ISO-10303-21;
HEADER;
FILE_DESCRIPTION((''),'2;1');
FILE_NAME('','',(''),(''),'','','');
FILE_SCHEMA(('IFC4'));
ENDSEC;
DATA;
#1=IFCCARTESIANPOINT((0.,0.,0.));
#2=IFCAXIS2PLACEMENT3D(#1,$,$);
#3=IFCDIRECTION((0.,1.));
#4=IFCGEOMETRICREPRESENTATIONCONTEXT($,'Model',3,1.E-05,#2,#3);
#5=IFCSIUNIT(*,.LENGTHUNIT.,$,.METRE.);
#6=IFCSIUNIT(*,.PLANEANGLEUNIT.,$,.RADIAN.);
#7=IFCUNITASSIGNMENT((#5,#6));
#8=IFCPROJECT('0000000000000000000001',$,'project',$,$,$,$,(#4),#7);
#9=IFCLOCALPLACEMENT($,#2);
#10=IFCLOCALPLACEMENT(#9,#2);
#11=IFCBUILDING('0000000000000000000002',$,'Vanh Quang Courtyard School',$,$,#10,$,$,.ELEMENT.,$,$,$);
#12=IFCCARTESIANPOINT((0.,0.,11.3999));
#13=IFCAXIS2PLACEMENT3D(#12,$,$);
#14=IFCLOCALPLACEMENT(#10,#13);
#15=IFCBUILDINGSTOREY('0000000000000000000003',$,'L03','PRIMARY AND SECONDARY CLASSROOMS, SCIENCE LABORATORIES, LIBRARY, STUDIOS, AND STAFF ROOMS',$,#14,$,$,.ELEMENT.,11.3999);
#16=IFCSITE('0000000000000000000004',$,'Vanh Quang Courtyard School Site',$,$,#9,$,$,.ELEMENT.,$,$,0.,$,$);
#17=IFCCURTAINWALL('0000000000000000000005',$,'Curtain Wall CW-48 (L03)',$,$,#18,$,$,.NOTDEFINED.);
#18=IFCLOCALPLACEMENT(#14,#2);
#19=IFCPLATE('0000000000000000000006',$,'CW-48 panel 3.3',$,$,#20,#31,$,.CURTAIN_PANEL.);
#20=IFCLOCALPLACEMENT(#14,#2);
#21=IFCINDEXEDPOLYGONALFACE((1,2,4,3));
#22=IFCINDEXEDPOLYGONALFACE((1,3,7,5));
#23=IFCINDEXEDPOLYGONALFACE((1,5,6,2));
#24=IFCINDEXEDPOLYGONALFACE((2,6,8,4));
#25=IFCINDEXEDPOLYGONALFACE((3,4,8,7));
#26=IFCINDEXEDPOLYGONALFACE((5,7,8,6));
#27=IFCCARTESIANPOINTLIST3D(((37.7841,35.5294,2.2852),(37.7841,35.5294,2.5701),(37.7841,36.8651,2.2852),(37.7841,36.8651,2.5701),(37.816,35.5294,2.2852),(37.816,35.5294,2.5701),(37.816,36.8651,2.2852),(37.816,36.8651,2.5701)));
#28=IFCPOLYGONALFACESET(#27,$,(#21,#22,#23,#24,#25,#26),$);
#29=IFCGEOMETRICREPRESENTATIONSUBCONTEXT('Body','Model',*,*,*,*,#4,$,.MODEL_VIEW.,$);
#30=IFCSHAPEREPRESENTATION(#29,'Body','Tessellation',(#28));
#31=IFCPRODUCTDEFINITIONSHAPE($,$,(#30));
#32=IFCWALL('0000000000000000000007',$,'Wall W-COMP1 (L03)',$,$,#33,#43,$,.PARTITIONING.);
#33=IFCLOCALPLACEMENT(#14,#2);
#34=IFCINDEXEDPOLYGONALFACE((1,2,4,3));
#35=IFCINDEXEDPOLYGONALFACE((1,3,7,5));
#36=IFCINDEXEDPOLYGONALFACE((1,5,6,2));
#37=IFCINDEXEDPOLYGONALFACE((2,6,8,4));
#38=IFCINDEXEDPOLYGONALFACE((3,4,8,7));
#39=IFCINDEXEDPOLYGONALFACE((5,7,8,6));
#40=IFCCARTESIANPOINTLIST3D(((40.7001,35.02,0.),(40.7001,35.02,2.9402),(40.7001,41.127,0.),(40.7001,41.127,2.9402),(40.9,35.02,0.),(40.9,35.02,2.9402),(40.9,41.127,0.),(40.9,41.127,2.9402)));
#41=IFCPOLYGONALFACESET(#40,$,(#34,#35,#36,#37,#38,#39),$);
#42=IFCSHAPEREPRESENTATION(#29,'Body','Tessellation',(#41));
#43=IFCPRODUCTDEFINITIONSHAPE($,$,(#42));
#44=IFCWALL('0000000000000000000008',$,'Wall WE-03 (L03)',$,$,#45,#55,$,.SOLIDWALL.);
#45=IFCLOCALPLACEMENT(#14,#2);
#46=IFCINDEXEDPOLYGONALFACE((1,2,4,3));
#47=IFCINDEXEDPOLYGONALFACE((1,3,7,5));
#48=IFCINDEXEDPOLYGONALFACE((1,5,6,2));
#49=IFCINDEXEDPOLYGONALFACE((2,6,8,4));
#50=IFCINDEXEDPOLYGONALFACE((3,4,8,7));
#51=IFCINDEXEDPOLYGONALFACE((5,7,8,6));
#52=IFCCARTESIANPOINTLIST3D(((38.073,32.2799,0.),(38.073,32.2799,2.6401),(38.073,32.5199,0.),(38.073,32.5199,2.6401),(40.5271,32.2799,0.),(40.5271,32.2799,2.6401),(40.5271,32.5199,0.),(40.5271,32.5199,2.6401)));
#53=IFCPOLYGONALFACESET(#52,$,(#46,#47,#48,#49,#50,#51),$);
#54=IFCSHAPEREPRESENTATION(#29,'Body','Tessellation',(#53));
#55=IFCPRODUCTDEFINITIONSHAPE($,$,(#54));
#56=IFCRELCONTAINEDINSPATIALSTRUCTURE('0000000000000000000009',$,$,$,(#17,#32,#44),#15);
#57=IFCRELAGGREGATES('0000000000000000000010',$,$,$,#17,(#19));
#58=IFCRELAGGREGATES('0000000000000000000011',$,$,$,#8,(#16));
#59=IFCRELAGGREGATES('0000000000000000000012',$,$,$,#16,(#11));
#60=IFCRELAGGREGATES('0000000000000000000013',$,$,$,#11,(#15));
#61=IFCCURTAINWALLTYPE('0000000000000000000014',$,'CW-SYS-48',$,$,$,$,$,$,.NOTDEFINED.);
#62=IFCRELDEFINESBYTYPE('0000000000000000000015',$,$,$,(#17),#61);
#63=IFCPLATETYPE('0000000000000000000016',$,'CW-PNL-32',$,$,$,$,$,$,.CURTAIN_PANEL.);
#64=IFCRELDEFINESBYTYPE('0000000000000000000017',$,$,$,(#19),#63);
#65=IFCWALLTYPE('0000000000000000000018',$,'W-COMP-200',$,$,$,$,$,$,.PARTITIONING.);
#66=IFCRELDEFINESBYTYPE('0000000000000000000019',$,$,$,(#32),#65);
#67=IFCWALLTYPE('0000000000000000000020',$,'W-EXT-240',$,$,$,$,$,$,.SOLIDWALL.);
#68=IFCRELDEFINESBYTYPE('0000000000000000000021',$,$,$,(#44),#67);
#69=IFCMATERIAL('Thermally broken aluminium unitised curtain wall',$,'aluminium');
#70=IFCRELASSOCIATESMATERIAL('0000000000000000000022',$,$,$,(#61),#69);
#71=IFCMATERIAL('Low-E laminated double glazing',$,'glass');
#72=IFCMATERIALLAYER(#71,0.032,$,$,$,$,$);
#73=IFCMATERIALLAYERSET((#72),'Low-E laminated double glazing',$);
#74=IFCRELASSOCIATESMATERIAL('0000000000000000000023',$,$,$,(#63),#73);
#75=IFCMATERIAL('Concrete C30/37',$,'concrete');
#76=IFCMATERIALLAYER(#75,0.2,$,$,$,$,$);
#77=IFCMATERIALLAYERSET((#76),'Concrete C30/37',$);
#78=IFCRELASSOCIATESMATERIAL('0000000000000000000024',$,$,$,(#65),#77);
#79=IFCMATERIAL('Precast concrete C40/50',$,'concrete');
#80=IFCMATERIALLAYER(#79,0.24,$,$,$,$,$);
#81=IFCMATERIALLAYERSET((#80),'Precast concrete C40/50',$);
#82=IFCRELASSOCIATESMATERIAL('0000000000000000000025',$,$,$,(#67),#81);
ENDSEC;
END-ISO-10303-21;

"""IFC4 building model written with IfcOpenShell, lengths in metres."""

from ifc_helpers import new_model, si_unit, direction, frame, frame_2d, origin, origin_2d, place, context, subcontext, project, spatial, rectangle, extrude, material, layer, layer_set, type_object, element, aggregate, save


model = new_model("IFC4")

# Units and contexts
model_context = context("Model", 3, precision=1e-05, world=origin(), true_north=direction((0.0, 1.0)))
body_context = subcontext(model_context, "Body", "Model", "MODEL_VIEW")
ifc_project = project(units=[si_unit("LENGTHUNIT", "METRE"), si_unit("PLANEANGLEUNIT", "RADIAN")], contexts=[model_context])

# Site, building, storey
site_placement = place(None, origin())
site = spatial("IfcSite", under=ifc_project, at=site_placement, Name="Vanh Quang Courtyard School Site", CompositionType="ELEMENT", RefElevation=0.0)
building_placement = place(site_placement, origin())
building = spatial("IfcBuilding", under=site, at=building_placement, Name="Vanh Quang Courtyard School", CompositionType="ELEMENT")
storey_placement = place(building_placement, frame((0.0, 0.0, 11.3999)))
storey = spatial("IfcBuildingStorey", under=building, at=storey_placement, Name="L03", Description="PRIMARY AND SECONDARY CLASSROOMS, SCIENCE LABORATORIES, LIBRARY, STUDIOS, AND STAFF ROOMS", CompositionType="ELEMENT", Elevation=11.3999)

# Shared definitions
ifc_material_1 = material(Name="Thermally broken aluminium unitised curtain wall", Category="aluminium")

# Curtain wall
curtain_wall_type_1 = type_object("IfcCurtainWallType", Name="CW-SYS-48", PredefinedType="NOTDEFINED", material=ifc_material_1)
curtain_wall_1_placement = place(storey_placement, origin())
curtain_wall_1 = element("IfcCurtainWall", 1, at=curtain_wall_1_placement, inside=storey, type_object=curtain_wall_type_1, Name="Curtain Wall CW-48 (L03)", PredefinedType="NOTDEFINED")

# Plate
ifc_material_2 = material(Name="Low-E laminated double glazing", Category="glass")
ifc_layer_1 = layer(ifc_material_2, 0.032)
ifc_layer_set_1 = layer_set([ifc_layer_1], Name="Low-E laminated double glazing")
plate_type_1 = type_object("IfcPlateType", Name="CW-PNL-32", PredefinedType="CURTAIN_PANEL", material=ifc_layer_set_1)
plate_1_placement = place(storey_placement, frame((37.8, 36.1973, 2.2852), z_axis=(0.0, 0.0, 1.0), x_axis=(0.0, 1.0, 0.0)))
plate_1 = element("IfcPlate", 2, at=plate_1_placement, type_object=plate_type_1, Name="CW-48 panel 3.3", PredefinedType="CURTAIN_PANEL", context=body_context, shape_type="SweptSolid", body=[
    extrude(rectangle(XDim=1.3357, YDim=0.032, at=origin_2d()), origin(), (0.0, 0.0, 1.0), 0.2849),
])
aggregate(curtain_wall_1, [plate_1])

# Walls
ifc_material_3 = material(Name="Concrete C30/37", Category="concrete")
ifc_layer_2 = layer(ifc_material_3, 0.2)
ifc_layer_set_2 = layer_set([ifc_layer_2], Name="Concrete C30/37")
wall_type_1 = type_object("IfcWallType", Name="W-COMP-200", PredefinedType="PARTITIONING", material=ifc_layer_set_2)
wall_1_placement = place(storey_placement, frame((40.8, 35.02, 0.0), z_axis=(0.0, 0.0, 1.0), x_axis=(0.0, 1.0, 0.0)))
element("IfcWall", 3, at=wall_1_placement, inside=storey, type_object=wall_type_1, Name="Wall W-COMP1 (L03)", PredefinedType="PARTITIONING", context=body_context, shape_type="SweptSolid", body=[
    extrude(rectangle(XDim=6.1069, YDim=0.2, at=frame_2d((3.0535, 0.0))), origin(), (0.0, 0.0, 1.0), 2.9402),
])
ifc_material_4 = material(Name="Precast concrete C40/50", Category="concrete")
ifc_layer_3 = layer(ifc_material_4, 0.24)
ifc_layer_set_3 = layer_set([ifc_layer_3], Name="Precast concrete C40/50")
wall_type_2 = type_object("IfcWallType", Name="W-EXT-240", PredefinedType="SOLIDWALL", material=ifc_layer_set_3)
wall_2_placement = place(storey_placement, frame((40.5271, 32.3999, 0.0), z_axis=(0.0, 0.0, 1.0), x_axis=(-1.0, 0.0, 0.0)))
element("IfcWall", 4, at=wall_2_placement, inside=storey, type_object=wall_type_2, Name="Wall WE-03 (L03)", PredefinedType="SOLIDWALL", context=body_context, shape_type="SweptSolid", body=[
    extrude(rectangle(XDim=2.4541, YDim=0.24, at=frame_2d((1.2271, 0.0))), origin(), (0.0, 0.0, 1.0), 2.6401),
])

save(model, "model.ifc")
